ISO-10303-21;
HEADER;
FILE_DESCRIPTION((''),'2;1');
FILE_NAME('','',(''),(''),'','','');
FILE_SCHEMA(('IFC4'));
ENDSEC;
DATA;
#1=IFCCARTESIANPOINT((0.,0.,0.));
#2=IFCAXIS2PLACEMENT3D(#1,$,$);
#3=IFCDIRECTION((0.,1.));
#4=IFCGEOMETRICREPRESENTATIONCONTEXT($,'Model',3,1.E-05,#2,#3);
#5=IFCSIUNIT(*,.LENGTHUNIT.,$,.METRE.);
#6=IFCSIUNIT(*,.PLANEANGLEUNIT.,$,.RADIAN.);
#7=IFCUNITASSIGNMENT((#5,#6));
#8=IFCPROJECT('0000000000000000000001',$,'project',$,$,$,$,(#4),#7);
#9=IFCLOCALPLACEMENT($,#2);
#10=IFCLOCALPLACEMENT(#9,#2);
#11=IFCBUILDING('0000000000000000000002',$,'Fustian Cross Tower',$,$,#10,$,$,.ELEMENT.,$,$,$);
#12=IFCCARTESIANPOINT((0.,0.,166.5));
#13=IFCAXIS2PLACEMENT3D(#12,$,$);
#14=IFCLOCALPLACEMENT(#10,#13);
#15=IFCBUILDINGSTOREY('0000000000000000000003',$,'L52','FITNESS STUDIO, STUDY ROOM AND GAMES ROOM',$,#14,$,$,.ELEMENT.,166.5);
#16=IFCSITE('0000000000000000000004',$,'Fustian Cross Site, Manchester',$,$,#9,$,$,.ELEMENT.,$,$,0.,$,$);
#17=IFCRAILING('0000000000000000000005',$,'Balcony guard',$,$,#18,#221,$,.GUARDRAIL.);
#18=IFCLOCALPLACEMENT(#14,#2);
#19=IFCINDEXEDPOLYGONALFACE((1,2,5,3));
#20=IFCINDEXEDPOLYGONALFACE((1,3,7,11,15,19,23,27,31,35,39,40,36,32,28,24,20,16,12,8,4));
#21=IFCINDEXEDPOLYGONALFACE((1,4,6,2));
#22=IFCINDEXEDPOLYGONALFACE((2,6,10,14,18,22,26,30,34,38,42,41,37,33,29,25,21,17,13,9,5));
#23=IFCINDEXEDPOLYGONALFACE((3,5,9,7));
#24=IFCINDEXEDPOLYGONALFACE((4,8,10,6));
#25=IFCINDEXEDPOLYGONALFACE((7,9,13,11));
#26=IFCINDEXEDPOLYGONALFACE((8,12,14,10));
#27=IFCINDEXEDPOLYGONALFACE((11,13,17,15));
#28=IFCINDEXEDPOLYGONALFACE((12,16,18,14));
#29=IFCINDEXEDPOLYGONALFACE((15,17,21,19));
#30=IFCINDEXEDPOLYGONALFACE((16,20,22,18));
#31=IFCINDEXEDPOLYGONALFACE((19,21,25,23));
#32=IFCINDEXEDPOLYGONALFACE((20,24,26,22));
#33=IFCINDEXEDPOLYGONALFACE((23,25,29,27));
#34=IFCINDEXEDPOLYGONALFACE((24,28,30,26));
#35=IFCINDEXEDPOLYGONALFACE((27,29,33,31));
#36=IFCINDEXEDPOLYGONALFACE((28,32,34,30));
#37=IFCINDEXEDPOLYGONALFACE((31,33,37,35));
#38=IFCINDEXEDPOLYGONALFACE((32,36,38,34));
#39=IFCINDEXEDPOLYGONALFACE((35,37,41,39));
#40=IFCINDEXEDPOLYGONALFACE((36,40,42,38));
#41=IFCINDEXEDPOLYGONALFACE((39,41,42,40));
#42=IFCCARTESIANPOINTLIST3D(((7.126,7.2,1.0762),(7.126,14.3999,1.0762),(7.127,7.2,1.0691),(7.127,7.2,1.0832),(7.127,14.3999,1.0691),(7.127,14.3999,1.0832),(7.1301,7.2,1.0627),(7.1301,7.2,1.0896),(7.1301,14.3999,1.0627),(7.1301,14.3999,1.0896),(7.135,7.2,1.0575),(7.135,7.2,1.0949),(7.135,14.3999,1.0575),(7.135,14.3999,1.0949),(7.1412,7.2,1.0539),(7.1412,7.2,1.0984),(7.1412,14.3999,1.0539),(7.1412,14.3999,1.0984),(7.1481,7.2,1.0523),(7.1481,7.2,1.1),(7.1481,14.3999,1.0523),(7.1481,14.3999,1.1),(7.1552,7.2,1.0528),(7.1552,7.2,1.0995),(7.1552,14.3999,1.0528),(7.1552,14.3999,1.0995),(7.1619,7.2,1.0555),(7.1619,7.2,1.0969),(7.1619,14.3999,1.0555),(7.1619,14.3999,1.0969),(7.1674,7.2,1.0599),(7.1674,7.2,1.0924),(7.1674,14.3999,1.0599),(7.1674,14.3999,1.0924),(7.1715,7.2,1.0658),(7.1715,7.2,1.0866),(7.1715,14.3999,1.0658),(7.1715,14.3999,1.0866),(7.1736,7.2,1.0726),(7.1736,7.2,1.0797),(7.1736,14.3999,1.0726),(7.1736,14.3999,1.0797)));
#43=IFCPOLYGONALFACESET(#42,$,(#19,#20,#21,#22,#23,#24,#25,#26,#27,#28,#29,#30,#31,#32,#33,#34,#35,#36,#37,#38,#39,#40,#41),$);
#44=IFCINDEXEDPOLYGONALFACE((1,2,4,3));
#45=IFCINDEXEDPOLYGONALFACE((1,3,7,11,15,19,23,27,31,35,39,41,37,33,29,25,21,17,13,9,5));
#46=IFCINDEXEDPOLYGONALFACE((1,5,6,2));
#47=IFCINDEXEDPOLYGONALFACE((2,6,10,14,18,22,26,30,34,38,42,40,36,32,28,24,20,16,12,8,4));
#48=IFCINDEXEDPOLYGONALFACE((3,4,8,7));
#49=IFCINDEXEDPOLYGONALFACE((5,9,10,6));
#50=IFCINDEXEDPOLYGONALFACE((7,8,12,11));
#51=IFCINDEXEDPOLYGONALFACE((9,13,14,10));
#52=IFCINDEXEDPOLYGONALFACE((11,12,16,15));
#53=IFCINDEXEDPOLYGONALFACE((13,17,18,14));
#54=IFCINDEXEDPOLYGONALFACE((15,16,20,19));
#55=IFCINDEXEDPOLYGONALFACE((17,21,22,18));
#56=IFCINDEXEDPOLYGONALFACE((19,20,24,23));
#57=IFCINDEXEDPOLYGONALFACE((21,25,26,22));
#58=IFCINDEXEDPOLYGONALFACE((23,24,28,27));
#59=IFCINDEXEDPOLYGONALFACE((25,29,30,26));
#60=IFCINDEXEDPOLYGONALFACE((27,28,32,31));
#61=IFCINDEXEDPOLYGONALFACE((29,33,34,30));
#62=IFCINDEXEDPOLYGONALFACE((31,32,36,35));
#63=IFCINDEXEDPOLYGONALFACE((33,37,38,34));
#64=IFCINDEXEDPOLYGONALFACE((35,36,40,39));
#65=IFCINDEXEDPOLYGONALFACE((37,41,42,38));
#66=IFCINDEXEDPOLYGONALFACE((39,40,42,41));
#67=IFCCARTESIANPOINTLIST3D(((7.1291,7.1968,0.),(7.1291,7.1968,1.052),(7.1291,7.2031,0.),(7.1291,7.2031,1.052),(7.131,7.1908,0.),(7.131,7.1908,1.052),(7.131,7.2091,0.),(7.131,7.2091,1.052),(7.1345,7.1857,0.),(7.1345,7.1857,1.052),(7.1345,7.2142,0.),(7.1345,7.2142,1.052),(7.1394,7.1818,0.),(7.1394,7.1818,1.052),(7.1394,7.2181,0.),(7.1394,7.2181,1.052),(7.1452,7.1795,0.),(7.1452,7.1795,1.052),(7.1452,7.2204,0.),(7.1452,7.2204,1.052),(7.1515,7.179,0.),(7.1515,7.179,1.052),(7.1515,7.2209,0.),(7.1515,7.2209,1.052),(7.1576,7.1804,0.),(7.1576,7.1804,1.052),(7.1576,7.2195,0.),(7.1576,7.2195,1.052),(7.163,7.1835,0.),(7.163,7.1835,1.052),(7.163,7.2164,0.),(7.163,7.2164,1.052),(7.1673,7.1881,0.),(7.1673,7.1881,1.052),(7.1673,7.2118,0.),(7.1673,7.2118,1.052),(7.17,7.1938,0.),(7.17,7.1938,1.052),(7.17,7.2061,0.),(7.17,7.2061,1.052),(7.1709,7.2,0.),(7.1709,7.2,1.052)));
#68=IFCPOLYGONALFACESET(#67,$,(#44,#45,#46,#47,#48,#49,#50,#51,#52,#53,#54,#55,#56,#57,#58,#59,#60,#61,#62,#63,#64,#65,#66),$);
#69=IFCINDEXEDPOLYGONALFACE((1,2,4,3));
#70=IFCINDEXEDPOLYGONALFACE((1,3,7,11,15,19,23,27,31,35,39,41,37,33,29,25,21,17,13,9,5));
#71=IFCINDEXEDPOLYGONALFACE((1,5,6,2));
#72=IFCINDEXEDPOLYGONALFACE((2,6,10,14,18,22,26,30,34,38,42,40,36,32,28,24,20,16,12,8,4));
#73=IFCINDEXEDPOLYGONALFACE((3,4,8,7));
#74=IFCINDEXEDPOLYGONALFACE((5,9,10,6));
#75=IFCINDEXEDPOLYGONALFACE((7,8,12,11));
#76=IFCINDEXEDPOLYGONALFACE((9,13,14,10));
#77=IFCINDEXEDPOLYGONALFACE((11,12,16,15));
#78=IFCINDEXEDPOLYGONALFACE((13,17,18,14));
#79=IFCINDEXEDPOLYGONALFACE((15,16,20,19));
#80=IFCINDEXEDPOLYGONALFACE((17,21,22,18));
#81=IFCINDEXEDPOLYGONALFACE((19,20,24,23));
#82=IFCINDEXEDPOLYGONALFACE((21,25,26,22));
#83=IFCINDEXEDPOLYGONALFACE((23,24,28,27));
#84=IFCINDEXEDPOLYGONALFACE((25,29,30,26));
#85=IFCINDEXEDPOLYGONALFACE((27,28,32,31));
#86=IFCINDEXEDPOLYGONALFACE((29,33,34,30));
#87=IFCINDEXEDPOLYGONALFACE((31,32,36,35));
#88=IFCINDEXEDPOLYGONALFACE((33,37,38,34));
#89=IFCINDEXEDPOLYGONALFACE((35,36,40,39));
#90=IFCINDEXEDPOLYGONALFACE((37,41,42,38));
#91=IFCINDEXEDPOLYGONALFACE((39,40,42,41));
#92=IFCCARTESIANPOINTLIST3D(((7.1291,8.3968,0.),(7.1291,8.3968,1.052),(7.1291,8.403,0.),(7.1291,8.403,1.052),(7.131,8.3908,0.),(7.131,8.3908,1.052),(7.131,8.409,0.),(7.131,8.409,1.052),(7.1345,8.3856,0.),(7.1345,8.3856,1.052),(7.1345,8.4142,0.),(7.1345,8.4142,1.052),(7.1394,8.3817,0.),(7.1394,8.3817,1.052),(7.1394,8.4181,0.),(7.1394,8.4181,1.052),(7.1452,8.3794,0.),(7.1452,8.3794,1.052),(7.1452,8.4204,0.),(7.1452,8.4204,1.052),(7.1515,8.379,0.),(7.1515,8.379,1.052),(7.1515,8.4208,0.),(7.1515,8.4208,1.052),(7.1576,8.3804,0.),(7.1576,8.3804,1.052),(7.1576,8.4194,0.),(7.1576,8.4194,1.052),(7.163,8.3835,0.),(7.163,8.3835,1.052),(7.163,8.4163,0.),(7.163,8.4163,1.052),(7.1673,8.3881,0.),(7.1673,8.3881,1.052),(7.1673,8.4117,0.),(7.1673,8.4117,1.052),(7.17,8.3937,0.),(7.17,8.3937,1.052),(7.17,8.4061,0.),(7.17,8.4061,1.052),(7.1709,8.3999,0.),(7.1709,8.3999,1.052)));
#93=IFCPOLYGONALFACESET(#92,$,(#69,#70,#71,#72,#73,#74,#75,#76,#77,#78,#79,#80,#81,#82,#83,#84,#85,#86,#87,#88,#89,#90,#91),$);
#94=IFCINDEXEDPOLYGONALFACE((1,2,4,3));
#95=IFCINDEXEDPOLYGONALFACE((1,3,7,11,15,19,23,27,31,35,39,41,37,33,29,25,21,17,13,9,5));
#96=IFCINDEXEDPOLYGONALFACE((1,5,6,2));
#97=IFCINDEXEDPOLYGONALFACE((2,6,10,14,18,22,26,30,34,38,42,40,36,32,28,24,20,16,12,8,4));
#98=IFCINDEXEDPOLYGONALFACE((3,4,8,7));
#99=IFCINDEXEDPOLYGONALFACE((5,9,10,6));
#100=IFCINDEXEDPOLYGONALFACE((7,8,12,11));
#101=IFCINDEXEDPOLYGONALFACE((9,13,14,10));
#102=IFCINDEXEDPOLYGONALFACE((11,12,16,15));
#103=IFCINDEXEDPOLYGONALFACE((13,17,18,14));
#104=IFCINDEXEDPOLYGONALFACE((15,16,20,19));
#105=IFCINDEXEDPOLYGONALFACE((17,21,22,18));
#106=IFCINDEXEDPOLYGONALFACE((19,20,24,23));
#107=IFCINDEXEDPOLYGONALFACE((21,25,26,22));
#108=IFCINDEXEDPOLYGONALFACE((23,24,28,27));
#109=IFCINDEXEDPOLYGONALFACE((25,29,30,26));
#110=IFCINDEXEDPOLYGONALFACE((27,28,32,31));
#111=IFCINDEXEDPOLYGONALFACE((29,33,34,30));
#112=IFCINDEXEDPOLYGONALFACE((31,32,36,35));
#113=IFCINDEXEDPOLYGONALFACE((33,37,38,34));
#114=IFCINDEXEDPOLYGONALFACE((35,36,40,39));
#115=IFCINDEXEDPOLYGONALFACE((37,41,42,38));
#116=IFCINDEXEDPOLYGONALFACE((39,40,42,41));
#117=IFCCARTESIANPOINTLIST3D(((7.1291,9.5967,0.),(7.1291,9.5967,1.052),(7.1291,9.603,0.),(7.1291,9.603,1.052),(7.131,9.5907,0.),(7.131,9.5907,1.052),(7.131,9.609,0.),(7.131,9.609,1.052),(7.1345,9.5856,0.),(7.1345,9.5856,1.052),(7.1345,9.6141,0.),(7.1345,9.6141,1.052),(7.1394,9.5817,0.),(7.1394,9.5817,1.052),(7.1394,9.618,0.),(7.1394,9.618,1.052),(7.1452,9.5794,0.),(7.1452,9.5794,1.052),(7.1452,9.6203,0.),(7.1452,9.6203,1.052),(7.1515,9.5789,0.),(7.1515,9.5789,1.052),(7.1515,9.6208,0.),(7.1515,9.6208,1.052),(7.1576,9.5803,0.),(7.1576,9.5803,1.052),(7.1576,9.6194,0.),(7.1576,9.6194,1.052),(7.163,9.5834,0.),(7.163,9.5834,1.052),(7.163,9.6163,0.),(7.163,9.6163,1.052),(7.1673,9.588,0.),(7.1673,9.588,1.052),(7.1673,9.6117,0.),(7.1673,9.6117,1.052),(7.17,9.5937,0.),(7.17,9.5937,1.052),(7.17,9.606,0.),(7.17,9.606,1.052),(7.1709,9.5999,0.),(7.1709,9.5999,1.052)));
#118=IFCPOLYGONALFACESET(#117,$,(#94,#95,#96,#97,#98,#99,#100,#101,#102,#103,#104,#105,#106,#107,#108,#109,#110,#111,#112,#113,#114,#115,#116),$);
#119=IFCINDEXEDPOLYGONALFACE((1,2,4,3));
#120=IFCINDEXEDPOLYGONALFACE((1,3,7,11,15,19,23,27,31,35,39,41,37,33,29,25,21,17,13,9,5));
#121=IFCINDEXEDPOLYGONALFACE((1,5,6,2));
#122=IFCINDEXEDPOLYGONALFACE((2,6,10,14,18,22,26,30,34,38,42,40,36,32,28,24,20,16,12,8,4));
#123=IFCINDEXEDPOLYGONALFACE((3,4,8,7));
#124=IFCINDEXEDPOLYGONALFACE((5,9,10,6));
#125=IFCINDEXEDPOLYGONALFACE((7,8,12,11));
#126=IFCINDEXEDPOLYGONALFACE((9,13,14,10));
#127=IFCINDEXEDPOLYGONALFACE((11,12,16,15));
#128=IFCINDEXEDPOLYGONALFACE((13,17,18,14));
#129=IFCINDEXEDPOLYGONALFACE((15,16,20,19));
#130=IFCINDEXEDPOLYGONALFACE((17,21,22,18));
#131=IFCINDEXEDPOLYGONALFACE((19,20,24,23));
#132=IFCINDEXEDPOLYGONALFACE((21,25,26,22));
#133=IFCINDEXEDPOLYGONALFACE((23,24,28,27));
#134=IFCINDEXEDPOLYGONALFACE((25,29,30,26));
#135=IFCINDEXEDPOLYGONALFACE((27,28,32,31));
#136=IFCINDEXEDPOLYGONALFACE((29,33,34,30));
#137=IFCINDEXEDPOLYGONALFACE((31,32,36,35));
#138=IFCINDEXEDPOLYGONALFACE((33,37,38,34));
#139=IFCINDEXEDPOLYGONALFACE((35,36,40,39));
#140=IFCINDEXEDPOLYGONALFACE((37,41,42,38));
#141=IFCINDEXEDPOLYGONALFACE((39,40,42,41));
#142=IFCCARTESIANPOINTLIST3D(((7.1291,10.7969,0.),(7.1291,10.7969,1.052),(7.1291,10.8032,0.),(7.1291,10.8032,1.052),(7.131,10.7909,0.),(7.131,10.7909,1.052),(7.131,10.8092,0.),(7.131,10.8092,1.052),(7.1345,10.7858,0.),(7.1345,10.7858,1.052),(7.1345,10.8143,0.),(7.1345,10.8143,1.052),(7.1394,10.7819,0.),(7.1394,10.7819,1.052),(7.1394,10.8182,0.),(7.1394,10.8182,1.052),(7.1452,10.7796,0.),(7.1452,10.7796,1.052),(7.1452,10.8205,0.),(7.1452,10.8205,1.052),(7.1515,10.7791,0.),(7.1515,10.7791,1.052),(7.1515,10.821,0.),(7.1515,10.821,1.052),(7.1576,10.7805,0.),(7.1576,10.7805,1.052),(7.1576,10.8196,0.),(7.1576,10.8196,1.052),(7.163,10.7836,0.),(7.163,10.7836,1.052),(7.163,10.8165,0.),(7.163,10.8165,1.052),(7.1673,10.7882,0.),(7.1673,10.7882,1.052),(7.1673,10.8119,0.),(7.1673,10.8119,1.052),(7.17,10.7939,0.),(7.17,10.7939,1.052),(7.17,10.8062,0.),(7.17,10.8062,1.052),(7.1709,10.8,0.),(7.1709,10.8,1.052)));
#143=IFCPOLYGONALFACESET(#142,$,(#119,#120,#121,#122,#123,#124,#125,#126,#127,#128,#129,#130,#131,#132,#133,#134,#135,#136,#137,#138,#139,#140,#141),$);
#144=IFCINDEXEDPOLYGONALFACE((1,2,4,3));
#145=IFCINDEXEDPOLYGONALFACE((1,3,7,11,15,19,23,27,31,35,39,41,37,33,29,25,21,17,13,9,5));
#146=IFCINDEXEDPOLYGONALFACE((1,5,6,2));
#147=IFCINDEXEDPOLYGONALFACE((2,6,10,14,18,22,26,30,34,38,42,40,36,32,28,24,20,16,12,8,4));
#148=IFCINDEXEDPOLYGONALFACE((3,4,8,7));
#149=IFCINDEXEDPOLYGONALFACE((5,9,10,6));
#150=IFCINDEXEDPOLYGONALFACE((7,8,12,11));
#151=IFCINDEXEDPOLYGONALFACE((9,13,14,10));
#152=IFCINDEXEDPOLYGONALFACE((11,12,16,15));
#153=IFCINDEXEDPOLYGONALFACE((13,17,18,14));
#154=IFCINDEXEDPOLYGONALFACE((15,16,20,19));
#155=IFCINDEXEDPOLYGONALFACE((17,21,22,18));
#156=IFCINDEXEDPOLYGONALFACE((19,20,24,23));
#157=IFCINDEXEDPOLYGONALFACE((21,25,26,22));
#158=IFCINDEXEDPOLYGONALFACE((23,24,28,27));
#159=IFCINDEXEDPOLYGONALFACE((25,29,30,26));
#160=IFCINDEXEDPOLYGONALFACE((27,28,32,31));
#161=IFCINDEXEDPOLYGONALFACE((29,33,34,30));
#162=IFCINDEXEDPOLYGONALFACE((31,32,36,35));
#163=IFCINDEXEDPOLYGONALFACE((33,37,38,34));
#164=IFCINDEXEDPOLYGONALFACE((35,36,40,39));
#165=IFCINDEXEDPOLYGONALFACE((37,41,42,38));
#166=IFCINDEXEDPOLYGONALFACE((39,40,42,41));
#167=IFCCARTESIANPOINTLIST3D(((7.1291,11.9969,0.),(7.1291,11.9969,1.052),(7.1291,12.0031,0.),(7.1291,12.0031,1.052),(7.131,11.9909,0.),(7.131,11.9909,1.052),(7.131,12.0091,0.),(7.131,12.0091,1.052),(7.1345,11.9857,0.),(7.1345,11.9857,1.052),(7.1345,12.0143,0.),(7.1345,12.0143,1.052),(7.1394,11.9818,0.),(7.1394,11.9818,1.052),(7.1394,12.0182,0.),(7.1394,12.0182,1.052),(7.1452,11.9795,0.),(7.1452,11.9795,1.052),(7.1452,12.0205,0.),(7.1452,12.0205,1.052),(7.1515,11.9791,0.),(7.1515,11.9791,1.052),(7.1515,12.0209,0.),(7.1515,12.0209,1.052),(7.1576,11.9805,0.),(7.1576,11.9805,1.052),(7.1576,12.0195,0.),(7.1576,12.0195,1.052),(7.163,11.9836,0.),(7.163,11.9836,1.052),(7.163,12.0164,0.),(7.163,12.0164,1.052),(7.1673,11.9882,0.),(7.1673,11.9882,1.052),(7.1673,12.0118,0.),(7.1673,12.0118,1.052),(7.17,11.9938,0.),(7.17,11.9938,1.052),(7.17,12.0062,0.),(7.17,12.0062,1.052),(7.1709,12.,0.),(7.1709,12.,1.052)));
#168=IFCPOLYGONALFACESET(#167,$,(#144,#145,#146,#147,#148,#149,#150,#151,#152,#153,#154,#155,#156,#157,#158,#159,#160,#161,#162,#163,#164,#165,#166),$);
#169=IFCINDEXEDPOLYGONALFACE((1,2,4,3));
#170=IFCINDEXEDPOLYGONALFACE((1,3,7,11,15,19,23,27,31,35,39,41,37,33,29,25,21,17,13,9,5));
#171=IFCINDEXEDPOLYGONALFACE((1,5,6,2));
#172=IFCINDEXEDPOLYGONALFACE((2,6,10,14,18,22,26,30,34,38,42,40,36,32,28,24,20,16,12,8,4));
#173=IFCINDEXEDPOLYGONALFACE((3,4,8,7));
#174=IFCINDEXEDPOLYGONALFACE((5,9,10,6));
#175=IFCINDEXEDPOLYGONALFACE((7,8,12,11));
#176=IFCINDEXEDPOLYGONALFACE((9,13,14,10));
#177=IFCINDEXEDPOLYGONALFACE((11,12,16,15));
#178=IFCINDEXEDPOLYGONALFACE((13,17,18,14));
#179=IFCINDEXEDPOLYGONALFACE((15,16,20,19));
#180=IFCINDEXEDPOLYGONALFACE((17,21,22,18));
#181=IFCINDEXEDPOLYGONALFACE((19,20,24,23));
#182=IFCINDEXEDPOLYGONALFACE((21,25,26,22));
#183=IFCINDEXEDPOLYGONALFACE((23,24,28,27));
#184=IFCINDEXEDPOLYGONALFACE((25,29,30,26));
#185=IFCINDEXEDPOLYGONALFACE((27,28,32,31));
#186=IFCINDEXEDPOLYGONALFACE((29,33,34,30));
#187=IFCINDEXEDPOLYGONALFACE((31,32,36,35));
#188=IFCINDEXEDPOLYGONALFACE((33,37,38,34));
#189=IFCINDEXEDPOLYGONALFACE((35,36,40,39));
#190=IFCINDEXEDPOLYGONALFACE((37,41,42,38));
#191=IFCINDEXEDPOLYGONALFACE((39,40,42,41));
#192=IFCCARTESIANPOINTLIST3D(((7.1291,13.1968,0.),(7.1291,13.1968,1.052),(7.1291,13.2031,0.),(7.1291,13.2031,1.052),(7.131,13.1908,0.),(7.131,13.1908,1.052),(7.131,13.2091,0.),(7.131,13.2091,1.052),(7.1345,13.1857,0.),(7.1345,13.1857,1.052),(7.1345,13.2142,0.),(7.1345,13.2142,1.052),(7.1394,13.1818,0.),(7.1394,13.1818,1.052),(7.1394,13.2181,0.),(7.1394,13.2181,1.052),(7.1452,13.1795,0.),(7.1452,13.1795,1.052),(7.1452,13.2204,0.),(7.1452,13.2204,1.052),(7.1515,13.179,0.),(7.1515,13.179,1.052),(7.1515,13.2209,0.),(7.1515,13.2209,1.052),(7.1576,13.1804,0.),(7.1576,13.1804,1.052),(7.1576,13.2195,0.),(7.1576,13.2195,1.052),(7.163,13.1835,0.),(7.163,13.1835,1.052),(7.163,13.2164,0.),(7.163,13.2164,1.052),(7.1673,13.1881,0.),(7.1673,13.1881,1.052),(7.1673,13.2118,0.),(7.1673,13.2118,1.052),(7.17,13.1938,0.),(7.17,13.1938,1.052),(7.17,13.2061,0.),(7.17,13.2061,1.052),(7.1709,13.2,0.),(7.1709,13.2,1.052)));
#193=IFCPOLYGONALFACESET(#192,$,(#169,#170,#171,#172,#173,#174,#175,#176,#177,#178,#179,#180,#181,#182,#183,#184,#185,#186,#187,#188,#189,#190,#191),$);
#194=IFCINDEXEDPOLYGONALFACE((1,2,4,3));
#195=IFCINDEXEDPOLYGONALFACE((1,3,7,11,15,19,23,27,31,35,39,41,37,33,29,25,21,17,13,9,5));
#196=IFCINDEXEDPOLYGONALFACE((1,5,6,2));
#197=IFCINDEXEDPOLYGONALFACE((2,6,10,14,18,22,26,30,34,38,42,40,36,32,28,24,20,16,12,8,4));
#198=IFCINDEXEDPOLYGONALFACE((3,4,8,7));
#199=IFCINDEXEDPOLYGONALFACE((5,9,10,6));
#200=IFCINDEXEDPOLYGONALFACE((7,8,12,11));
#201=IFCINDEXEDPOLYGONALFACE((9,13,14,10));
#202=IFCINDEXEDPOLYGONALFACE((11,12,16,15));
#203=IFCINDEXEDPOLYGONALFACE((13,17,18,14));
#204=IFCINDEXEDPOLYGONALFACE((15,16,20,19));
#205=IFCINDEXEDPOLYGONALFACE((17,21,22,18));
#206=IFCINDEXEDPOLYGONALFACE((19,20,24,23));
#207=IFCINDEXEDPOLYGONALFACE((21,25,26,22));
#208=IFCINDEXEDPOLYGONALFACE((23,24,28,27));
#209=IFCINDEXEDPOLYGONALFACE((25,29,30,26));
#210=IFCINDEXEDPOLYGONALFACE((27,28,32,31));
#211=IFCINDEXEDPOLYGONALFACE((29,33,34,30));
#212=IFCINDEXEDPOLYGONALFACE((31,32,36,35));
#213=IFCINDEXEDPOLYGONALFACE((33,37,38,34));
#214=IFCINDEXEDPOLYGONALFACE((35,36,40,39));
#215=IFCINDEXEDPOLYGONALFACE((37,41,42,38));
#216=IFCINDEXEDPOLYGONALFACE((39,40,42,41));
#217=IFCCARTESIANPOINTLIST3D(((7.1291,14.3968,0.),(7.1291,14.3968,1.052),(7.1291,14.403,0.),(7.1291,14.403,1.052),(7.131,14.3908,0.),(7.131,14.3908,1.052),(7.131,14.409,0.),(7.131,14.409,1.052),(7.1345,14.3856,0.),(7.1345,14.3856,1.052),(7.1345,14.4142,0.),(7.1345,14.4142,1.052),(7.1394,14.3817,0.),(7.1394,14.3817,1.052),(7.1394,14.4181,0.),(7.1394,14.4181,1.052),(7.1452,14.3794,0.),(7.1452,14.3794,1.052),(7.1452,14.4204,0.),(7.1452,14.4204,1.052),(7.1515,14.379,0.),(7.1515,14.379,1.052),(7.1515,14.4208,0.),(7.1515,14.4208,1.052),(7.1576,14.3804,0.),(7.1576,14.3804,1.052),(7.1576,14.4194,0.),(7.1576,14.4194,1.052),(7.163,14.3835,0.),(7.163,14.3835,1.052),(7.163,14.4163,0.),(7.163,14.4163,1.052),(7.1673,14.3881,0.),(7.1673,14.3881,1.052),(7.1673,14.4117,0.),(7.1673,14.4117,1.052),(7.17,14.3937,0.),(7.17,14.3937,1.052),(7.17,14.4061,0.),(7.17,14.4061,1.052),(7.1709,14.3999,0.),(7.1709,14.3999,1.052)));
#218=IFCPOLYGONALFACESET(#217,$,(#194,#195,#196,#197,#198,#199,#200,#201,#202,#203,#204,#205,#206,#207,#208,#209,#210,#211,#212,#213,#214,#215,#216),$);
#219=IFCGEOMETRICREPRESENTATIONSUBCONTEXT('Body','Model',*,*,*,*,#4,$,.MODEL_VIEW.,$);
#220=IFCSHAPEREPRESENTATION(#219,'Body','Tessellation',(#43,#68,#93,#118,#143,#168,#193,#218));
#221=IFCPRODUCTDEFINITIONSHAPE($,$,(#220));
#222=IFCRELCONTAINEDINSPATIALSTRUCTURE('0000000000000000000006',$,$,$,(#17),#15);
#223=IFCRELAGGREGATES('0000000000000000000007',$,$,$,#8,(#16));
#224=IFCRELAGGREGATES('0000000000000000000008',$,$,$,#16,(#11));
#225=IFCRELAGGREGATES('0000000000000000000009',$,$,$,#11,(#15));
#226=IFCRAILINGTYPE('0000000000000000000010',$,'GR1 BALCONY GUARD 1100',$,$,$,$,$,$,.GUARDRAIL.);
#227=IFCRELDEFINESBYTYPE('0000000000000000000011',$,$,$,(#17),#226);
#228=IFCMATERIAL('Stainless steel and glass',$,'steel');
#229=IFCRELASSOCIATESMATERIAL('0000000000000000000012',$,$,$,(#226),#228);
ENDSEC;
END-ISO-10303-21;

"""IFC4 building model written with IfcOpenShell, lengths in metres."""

from ifc_helpers import new_model, si_unit, direction, frame, origin, origin_2d, place, context, subcontext, project, spatial, circle, extrude, material, type_object, element, save


model = new_model("IFC4")

# Units and contexts
model_context = context("Model", 3, precision=1e-05, world=origin(), true_north=direction((0.0, 1.0)))
body_context = subcontext(model_context, "Body", "Model", "MODEL_VIEW")
ifc_project = project(units=[si_unit("LENGTHUNIT", "METRE"), si_unit("PLANEANGLEUNIT", "RADIAN")], contexts=[model_context])

# Site, building, storey
site_placement = place(None, origin())
site = spatial("IfcSite", under=ifc_project, at=site_placement, Name="Fustian Cross Site, Manchester", CompositionType="ELEMENT", RefElevation=0.0)
building_placement = place(site_placement, origin())
building = spatial("IfcBuilding", under=site, at=building_placement, Name="Fustian Cross Tower", CompositionType="ELEMENT")
storey_placement = place(building_placement, frame((0.0, 0.0, 166.5)))
storey = spatial("IfcBuildingStorey", under=building, at=storey_placement, Name="L52", Description="FITNESS STUDIO, STUDY ROOM AND GAMES ROOM", CompositionType="ELEMENT", Elevation=166.5)

# Railing
ifc_material_1 = material(Name="Stainless steel and glass", Category="steel")
railing_type = type_object("IfcRailingType", Name="GR1 BALCONY GUARD 1100", PredefinedType="GUARDRAIL", material=ifc_material_1)
railing_placement = place(storey_placement, frame((7.1499, 7.2, 0.0)))
element("IfcRailing", 1, at=railing_placement, inside=storey, type_object=railing_type, Name="Balcony guard", PredefinedType="GUARDRAIL", context=body_context, shape_type="SweptSolid", body=[
    extrude(circle(Radius=0.0239, at=origin_2d()), frame((0.0, 0.0, 1.0762), z_axis=(0.0, 1.0, 0.0), x_axis=(-1.0, 0.0, 0.0)), (0.0, 0.0, 1.0), 7.2),
    extrude(circle(Radius=0.021, at=origin_2d()), origin(), (0.0, 0.0, 1.0), 1.052),
    extrude(circle(Radius=0.021, at=origin_2d()), frame((0.0, 1.2, 0.0)), (0.0, 0.0, 1.0), 1.052),
    extrude(circle(Radius=0.021, at=origin_2d()), frame((0.0, 2.3999, 0.0)), (0.0, 0.0, 1.0), 1.052),
    extrude(circle(Radius=0.021, at=origin_2d()), frame((0.0, 3.6001, 0.0)), (0.0, 0.0, 1.0), 1.052),
    extrude(circle(Radius=0.021, at=origin_2d()), frame((0.0, 4.8, 0.0)), (0.0, 0.0, 1.0), 1.052),
    extrude(circle(Radius=0.021, at=origin_2d()), frame((0.0, 6.0, 0.0)), (0.0, 0.0, 1.0), 1.052),
    extrude(circle(Radius=0.021, at=origin_2d()), frame((0.0, 7.2, 0.0)), (0.0, 0.0, 1.0), 1.052),
])

save(model, "model.ifc")
